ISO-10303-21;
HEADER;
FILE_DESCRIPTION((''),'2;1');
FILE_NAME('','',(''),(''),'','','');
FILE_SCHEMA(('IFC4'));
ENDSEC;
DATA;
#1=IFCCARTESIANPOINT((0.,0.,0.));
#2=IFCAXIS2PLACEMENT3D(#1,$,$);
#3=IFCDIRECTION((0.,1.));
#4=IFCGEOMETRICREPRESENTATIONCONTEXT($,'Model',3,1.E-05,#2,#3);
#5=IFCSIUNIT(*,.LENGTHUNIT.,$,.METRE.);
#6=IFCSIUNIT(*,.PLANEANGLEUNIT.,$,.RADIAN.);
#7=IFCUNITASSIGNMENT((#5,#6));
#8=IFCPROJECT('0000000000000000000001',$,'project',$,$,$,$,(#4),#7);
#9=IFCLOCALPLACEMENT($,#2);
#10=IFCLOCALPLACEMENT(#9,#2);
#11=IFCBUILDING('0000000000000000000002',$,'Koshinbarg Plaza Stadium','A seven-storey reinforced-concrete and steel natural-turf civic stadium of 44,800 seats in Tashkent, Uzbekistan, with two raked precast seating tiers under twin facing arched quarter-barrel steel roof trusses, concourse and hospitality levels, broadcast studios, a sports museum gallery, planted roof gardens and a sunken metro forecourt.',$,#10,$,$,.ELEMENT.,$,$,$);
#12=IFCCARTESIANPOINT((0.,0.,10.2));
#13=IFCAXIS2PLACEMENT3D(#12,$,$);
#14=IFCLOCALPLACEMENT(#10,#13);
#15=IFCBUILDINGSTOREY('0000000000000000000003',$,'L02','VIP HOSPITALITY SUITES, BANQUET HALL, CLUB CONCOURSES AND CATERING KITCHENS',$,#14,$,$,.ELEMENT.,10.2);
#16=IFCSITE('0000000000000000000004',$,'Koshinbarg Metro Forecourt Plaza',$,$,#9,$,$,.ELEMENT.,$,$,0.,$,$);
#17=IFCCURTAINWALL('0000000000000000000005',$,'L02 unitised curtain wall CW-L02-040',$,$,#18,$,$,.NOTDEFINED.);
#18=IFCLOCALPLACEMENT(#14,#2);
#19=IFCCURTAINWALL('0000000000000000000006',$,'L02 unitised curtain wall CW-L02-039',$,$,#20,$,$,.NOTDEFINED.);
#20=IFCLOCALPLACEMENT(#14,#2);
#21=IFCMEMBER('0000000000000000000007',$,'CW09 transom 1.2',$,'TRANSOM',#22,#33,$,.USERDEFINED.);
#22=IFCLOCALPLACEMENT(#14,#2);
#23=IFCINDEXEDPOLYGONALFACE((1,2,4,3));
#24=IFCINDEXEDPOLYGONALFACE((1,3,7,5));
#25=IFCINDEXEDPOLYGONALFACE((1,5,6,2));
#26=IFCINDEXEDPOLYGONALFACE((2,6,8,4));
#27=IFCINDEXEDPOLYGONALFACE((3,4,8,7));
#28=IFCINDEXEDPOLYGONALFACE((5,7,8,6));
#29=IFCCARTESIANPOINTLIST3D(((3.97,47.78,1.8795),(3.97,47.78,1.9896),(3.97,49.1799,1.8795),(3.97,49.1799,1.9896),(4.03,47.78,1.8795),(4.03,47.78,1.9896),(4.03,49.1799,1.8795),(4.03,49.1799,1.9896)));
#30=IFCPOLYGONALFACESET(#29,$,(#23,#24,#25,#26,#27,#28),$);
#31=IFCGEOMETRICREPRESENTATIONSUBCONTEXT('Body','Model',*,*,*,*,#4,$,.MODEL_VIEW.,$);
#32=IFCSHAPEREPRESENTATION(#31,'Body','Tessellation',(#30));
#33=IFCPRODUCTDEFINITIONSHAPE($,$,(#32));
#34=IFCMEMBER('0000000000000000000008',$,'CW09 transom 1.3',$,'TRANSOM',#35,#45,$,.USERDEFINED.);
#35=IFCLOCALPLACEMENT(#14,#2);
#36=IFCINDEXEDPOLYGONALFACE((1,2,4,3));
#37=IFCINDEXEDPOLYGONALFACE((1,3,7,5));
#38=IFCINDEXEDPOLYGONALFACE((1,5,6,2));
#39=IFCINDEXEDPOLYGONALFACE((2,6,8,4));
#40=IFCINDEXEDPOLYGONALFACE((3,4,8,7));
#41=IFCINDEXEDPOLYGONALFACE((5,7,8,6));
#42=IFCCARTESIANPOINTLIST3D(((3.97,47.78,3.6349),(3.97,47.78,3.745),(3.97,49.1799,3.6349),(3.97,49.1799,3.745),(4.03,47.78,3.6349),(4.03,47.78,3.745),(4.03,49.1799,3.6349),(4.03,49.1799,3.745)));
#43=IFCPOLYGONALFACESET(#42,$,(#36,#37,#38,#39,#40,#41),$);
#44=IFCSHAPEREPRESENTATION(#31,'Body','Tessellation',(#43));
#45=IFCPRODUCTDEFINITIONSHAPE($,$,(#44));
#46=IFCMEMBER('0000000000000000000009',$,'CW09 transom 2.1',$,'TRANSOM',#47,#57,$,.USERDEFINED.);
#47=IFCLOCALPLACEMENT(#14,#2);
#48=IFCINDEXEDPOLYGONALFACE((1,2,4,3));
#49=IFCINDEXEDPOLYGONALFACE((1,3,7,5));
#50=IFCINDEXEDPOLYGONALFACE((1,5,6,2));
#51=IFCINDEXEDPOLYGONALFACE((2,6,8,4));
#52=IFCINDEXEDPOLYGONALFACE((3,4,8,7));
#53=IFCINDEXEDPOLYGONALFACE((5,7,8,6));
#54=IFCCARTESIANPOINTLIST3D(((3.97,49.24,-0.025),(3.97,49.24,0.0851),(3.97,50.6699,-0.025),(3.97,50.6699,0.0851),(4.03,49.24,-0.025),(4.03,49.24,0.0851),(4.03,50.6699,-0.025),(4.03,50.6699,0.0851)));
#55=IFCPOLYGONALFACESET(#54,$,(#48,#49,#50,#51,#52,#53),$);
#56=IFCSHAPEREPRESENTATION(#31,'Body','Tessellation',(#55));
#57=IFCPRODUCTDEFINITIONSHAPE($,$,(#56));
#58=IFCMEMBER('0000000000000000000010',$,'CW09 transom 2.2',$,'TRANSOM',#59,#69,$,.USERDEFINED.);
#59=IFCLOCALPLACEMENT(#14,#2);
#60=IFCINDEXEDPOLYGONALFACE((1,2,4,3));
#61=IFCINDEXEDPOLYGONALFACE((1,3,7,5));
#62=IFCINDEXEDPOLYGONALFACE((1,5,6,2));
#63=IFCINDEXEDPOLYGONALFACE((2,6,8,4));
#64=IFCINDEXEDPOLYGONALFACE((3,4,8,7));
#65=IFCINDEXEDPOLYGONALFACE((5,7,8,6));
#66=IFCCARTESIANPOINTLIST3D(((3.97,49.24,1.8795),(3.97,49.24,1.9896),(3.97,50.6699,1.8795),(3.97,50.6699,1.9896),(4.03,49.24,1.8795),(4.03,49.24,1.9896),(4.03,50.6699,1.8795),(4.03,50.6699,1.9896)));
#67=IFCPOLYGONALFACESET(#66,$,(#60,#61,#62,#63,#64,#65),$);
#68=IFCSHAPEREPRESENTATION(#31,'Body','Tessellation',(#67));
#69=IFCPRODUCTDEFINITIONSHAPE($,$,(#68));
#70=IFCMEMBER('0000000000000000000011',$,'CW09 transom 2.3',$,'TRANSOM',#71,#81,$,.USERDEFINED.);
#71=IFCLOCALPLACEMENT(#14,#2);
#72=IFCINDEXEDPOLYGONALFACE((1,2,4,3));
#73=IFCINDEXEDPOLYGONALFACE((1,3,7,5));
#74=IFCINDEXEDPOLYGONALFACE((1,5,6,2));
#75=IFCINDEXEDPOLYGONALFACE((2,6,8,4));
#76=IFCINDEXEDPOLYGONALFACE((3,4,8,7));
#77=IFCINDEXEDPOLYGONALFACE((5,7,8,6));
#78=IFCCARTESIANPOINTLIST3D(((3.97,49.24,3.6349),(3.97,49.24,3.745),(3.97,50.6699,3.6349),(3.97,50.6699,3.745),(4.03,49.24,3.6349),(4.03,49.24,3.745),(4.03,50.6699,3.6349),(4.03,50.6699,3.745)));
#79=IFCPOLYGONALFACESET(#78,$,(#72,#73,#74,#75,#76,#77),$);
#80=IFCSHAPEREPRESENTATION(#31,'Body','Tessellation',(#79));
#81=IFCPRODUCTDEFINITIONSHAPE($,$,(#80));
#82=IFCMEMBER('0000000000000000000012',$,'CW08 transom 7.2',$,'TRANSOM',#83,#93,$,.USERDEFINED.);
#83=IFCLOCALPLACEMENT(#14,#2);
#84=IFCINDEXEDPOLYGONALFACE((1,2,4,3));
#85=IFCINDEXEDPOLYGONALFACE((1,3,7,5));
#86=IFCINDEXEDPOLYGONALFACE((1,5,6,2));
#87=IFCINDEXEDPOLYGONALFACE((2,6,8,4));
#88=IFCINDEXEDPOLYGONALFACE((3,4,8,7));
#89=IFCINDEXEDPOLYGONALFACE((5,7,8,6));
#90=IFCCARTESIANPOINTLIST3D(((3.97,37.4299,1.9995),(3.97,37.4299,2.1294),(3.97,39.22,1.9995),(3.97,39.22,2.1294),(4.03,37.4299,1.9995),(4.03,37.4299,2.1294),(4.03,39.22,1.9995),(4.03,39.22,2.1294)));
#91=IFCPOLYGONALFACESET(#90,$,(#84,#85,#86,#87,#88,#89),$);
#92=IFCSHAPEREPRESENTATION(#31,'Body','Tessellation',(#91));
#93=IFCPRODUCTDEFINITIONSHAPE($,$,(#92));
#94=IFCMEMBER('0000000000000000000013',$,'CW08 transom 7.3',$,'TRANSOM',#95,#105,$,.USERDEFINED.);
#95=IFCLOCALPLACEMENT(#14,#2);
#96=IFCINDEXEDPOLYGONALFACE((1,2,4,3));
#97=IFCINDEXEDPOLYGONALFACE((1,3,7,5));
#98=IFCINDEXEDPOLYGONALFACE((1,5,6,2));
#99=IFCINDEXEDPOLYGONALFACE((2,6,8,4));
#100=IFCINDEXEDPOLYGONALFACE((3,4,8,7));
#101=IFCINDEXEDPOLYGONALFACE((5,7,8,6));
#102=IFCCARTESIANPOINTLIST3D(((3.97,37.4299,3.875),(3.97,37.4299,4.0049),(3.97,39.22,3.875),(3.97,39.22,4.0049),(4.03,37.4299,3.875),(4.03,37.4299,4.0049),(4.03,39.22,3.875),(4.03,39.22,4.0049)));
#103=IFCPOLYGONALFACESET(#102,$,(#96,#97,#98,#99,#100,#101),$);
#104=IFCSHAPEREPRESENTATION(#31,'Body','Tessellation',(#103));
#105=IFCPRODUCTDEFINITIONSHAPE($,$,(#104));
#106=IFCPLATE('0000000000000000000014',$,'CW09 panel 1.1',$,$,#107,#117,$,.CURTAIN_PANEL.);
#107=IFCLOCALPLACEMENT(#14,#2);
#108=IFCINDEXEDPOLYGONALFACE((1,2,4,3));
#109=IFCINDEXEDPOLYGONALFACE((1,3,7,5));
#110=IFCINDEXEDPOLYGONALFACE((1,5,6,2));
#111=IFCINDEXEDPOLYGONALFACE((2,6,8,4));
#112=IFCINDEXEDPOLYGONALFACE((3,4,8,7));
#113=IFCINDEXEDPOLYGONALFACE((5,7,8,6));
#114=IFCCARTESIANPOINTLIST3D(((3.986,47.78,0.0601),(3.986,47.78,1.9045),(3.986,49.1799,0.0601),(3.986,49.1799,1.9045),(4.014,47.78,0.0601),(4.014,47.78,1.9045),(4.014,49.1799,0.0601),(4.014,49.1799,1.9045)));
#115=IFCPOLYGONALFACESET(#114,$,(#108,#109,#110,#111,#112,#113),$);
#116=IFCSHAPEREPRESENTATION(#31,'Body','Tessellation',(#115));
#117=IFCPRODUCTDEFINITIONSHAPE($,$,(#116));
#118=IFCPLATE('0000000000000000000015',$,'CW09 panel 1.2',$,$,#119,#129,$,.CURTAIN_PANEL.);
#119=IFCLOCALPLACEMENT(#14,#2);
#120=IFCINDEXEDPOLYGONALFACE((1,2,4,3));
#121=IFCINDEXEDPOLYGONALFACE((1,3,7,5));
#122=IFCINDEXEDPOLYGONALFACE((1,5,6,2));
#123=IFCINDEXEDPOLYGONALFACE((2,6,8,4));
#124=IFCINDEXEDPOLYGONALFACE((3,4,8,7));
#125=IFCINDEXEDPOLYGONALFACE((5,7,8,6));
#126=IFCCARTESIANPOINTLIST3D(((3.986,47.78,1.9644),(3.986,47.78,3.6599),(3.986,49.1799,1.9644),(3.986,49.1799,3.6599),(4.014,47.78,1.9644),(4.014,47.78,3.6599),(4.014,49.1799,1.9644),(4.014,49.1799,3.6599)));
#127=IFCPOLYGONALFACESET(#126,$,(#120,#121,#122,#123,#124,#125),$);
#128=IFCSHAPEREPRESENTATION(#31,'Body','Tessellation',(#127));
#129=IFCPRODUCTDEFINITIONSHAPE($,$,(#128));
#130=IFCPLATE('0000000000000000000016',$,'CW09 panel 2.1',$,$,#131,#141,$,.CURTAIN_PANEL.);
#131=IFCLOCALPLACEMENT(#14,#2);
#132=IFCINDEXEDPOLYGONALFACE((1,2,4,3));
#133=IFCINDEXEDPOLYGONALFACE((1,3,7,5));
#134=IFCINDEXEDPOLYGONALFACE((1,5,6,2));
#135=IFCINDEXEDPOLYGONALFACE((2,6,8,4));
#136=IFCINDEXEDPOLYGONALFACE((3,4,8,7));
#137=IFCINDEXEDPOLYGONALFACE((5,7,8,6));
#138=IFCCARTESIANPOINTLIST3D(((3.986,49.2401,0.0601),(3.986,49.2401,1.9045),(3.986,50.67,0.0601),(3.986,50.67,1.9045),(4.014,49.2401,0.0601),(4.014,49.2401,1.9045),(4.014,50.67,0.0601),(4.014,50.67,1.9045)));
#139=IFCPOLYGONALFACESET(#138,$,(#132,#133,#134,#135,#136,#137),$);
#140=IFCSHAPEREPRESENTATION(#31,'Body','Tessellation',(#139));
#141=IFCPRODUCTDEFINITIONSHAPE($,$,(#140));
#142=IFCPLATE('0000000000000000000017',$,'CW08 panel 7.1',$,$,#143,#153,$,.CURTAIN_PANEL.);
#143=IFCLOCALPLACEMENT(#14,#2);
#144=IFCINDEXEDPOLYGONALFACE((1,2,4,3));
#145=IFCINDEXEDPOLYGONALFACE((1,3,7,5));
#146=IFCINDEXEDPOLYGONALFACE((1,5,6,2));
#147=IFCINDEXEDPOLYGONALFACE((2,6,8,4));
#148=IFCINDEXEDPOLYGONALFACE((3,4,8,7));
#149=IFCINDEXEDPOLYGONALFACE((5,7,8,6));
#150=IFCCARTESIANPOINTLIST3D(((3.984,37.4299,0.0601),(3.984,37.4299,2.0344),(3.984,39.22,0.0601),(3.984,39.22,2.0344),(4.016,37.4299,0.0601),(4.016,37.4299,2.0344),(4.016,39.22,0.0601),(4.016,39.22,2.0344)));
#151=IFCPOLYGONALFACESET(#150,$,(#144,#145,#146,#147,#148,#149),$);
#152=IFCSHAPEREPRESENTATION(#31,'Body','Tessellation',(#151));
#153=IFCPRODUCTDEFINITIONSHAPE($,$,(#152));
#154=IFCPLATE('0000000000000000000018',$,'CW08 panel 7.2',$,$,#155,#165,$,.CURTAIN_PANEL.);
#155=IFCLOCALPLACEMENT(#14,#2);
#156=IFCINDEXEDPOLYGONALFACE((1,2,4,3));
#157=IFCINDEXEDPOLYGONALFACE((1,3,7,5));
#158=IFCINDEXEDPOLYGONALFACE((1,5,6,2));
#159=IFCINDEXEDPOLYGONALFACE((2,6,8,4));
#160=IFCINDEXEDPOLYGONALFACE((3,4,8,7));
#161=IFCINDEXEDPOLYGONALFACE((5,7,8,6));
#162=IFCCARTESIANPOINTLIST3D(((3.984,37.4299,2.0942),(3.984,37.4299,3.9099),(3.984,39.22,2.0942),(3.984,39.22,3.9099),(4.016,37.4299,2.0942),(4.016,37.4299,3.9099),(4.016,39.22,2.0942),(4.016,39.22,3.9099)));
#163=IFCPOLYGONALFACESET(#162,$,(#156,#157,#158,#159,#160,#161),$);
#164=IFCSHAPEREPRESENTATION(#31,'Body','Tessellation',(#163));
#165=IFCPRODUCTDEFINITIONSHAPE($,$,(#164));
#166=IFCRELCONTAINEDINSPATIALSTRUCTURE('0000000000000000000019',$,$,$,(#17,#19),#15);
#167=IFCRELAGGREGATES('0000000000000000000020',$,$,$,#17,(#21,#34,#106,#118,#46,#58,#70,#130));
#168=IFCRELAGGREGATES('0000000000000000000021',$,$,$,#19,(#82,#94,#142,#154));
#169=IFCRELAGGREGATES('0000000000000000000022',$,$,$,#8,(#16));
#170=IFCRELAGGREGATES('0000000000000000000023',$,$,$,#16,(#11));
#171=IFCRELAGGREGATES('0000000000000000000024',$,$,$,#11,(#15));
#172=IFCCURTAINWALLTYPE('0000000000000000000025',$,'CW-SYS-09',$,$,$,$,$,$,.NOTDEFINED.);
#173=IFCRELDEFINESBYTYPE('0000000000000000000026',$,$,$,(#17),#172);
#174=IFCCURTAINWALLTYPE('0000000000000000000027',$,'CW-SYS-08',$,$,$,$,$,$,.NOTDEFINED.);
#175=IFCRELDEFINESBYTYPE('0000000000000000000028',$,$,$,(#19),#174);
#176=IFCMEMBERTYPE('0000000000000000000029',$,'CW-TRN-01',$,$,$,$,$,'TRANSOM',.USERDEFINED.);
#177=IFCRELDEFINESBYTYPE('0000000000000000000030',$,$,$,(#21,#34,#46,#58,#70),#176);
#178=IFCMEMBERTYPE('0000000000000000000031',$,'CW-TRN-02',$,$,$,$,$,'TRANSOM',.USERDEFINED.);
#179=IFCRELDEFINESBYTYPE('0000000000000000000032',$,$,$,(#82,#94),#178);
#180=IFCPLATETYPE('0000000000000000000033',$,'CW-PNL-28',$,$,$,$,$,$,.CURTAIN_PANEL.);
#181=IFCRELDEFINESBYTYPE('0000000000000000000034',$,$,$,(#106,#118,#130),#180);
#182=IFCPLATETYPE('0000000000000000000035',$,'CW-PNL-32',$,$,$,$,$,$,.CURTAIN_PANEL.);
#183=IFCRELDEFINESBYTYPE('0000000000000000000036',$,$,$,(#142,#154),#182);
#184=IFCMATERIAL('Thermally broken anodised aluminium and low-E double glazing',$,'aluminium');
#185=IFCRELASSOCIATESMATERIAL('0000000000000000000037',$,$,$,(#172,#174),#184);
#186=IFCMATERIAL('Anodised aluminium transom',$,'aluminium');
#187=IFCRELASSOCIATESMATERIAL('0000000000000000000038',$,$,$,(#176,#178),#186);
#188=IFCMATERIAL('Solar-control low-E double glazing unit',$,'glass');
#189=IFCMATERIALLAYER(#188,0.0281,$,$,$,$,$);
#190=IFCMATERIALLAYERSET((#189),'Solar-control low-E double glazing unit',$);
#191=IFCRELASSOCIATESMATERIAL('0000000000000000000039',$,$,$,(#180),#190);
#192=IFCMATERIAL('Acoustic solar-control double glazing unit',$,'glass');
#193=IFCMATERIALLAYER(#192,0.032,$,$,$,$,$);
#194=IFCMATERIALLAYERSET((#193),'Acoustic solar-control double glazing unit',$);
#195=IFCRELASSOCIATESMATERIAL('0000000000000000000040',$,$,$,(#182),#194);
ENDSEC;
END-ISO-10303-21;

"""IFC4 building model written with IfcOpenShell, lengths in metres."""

from ifc_helpers import new_model, si_unit, direction, frame, origin, origin_2d, place, context, subcontext, project, spatial, rectangle, extrude, material, layer, layer_set, material_profile, profile_set, type_object, element, aggregate, save


model = new_model("IFC4")

# Units and contexts
model_context = context("Model", 3, precision=1e-05, world=origin(), true_north=direction((0.0, 1.0)))
body_context = subcontext(model_context, "Body", "Model", "MODEL_VIEW")
ifc_project = project(units=[si_unit("LENGTHUNIT", "METRE"), si_unit("PLANEANGLEUNIT", "RADIAN")], contexts=[model_context])

# Site, building, storey
site_placement = place(None, origin())
site = spatial("IfcSite", under=ifc_project, at=site_placement, Name="Koshinbarg Metro Forecourt Plaza", CompositionType="ELEMENT", RefElevation=0.0)
building_placement = place(site_placement, origin())
building = spatial("IfcBuilding", under=site, at=building_placement, Name="Koshinbarg Plaza Stadium", Description="A seven-storey reinforced-concrete and steel natural-turf civic stadium of 44,800 seats in Tashkent, Uzbekistan, with two raked precast seating tiers under twin facing arched quarter-barrel steel roof trusses, concourse and hospitality levels, broadcast studios, a sports museum gallery, planted roof gardens and a sunken metro forecourt.", CompositionType="ELEMENT")
storey_placement = place(building_placement, frame((0.0, 0.0, 10.2)))
storey = spatial("IfcBuildingStorey", under=building, at=storey_placement, Name="L02", Description="VIP HOSPITALITY SUITES, BANQUET HALL, CLUB CONCOURSES AND CATERING KITCHENS", CompositionType="ELEMENT", Elevation=10.2)

# Curtain wall
ifc_material_1 = material(Name="Thermally broken anodised aluminium and low-E double glazing", Category="aluminium")
curtain_wall_type_1 = type_object("IfcCurtainWallType", Name="CW-SYS-09", PredefinedType="NOTDEFINED", material=ifc_material_1)
curtain_wall_1_placement = place(storey_placement, origin())
curtain_wall_1 = element("IfcCurtainWall", 1, at=curtain_wall_1_placement, inside=storey, type_object=curtain_wall_type_1, Name="L02 unitised curtain wall CW-L02-040", PredefinedType="NOTDEFINED")

# Curtain wall
curtain_wall_type_2 = type_object("IfcCurtainWallType", Name="CW-SYS-08", PredefinedType="NOTDEFINED", material=ifc_material_1)
curtain_wall_2_placement = place(storey_placement, origin())
curtain_wall_2 = element("IfcCurtainWall", 2, at=curtain_wall_2_placement, inside=storey, type_object=curtain_wall_type_2, Name="L02 unitised curtain wall CW-L02-039", PredefinedType="NOTDEFINED")

# Members
ifc_material_2 = material(Name="Anodised aluminium transom", Category="aluminium")
ifc_material_profile_1 = material_profile(ifc_material_2, rectangle(XDim=0.0601, YDim=0.1101, at=origin_2d()), Name="ALU 60x110")
ifc_profile_set_1 = profile_set([ifc_material_profile_1], Name="Anodised aluminium transom")
member_type_1 = type_object("IfcMemberType", Name="CW-TRN-01", ElementType="TRANSOM", PredefinedType="USERDEFINED", material=ifc_profile_set_1)
member_1_placement = place(storey_placement, frame((4.0, 47.78, 1.9346), z_axis=(0.0, 1.0, 0.0), x_axis=(-1.0, 0.0, 0.0)))
member_1 = element("IfcMember", 3, at=member_1_placement, type_object=member_type_1, Name="CW09 transom 1.2", ObjectType="TRANSOM", PredefinedType="USERDEFINED", context=body_context, shape_type="SweptSolid", body=[
    extrude(rectangle(XDim=0.0601, YDim=0.1101, at=origin_2d()), origin(), (0.0, 0.0, 1.0), 1.3999),
])
member_2_placement = place(storey_placement, frame((4.0, 47.78, 3.6899), z_axis=(0.0, 1.0, 0.0), x_axis=(-1.0, 0.0, 0.0)))
member_2 = element("IfcMember", 4, at=member_2_placement, type_object=member_type_1, Name="CW09 transom 1.3", ObjectType="TRANSOM", PredefinedType="USERDEFINED", context=body_context, shape_type="SweptSolid", body=[
    extrude(rectangle(XDim=0.0601, YDim=0.1101, at=origin_2d()), origin(), (0.0, 0.0, 1.0), 1.3999),
])
member_3_placement = place(storey_placement, frame((4.0, 49.24, 0.03), z_axis=(0.0, 1.0, 0.0), x_axis=(-1.0, 0.0, 0.0)))
member_3 = element("IfcMember", 5, at=member_3_placement, type_object=member_type_1, Name="CW09 transom 2.1", ObjectType="TRANSOM", PredefinedType="USERDEFINED", context=body_context, shape_type="SweptSolid", body=[
    extrude(rectangle(XDim=0.0601, YDim=0.1101, at=origin_2d()), origin(), (0.0, 0.0, 1.0), 1.4299),
])
member_4_placement = place(storey_placement, frame((4.0, 49.24, 1.9346), z_axis=(0.0, 1.0, 0.0), x_axis=(-1.0, 0.0, 0.0)))
member_4 = element("IfcMember", 6, at=member_4_placement, type_object=member_type_1, Name="CW09 transom 2.2", ObjectType="TRANSOM", PredefinedType="USERDEFINED", context=body_context, shape_type="SweptSolid", body=[
    extrude(rectangle(XDim=0.0601, YDim=0.1101, at=origin_2d()), origin(), (0.0, 0.0, 1.0), 1.4299),
])
member_5_placement = place(storey_placement, frame((4.0, 49.24, 3.6899), z_axis=(0.0, 1.0, 0.0), x_axis=(-1.0, 0.0, 0.0)))
member_5 = element("IfcMember", 7, at=member_5_placement, type_object=member_type_1, Name="CW09 transom 2.3", ObjectType="TRANSOM", PredefinedType="USERDEFINED", context=body_context, shape_type="SweptSolid", body=[
    extrude(rectangle(XDim=0.0601, YDim=0.1101, at=origin_2d()), origin(), (0.0, 0.0, 1.0), 1.4299),
])
ifc_material_profile_2 = material_profile(ifc_material_2, rectangle(XDim=0.0601, YDim=0.1299, at=origin_2d()), Name="ALU 60x130")
ifc_profile_set_2 = profile_set([ifc_material_profile_2], Name="Anodised aluminium transom")
member_type_2 = type_object("IfcMemberType", Name="CW-TRN-02", ElementType="TRANSOM", PredefinedType="USERDEFINED", material=ifc_profile_set_2)
member_6_placement = place(storey_placement, frame((4.0, 37.4299, 2.0645), z_axis=(0.0, 1.0, 0.0), x_axis=(-1.0, 0.0, 0.0)))
member_6 = element("IfcMember", 8, at=member_6_placement, type_object=member_type_2, Name="CW08 transom 7.2", ObjectType="TRANSOM", PredefinedType="USERDEFINED", context=body_context, shape_type="SweptSolid", body=[
    extrude(rectangle(XDim=0.0601, YDim=0.1299, at=origin_2d()), origin(), (0.0, 0.0, 1.0), 1.79),
])
member_7_placement = place(storey_placement, frame((4.0, 37.4299, 3.9399), z_axis=(0.0, 1.0, 0.0), x_axis=(-1.0, 0.0, 0.0)))
member_7 = element("IfcMember", 9, at=member_7_placement, type_object=member_type_2, Name="CW08 transom 7.3", ObjectType="TRANSOM", PredefinedType="USERDEFINED", context=body_context, shape_type="SweptSolid", body=[
    extrude(rectangle(XDim=0.0601, YDim=0.1299, at=origin_2d()), origin(), (0.0, 0.0, 1.0), 1.79),
])

# Plates
ifc_material_3 = material(Name="Solar-control low-E double glazing unit", Category="glass")
ifc_layer_1 = layer(ifc_material_3, 0.0281)
ifc_layer_set_1 = layer_set([ifc_layer_1], Name="Solar-control low-E double glazing unit")
plate_type_1 = type_object("IfcPlateType", Name="CW-PNL-28", PredefinedType="CURTAIN_PANEL", material=ifc_layer_set_1)
plate_1_placement = place(storey_placement, frame((4.0, 48.48, 0.0601), z_axis=(0.0, 0.0, 1.0), x_axis=(0.0, 1.0, 0.0)))
plate_1 = element("IfcPlate", 10, at=plate_1_placement, type_object=plate_type_1, Name="CW09 panel 1.1", PredefinedType="CURTAIN_PANEL", context=body_context, shape_type="SweptSolid", body=[
    extrude(rectangle(XDim=1.3999, YDim=0.0281, at=origin_2d()), origin(), (0.0, 0.0, 1.0), 1.8445),
])
plate_2_placement = place(storey_placement, frame((4.0, 48.48, 1.9644), z_axis=(0.0, 0.0, 1.0), x_axis=(0.0, 1.0, 0.0)))
plate_2 = element("IfcPlate", 11, at=plate_2_placement, type_object=plate_type_1, Name="CW09 panel 1.2", PredefinedType="CURTAIN_PANEL", context=body_context, shape_type="SweptSolid", body=[
    extrude(rectangle(XDim=1.3999, YDim=0.0281, at=origin_2d()), origin(), (0.0, 0.0, 1.0), 1.6956),
])
plate_3_placement = place(storey_placement, frame((4.0, 49.9551, 0.0601), z_axis=(0.0, 0.0, 1.0), x_axis=(0.0, 1.0, 0.0)))
plate_3 = element("IfcPlate", 12, at=plate_3_placement, type_object=plate_type_1, Name="CW09 panel 2.1", PredefinedType="CURTAIN_PANEL", context=body_context, shape_type="SweptSolid", body=[
    extrude(rectangle(XDim=1.4299, YDim=0.0281, at=origin_2d()), origin(), (0.0, 0.0, 1.0), 1.8445),
])
aggregate(curtain_wall_1, [member_1, member_2, plate_1, plate_2, member_3, member_4, member_5, plate_3])
ifc_material_4 = material(Name="Acoustic solar-control double glazing unit", Category="glass")
ifc_layer_2 = layer(ifc_material_4, 0.032)
ifc_layer_set_2 = layer_set([ifc_layer_2], Name="Acoustic solar-control double glazing unit")
plate_type_2 = type_object("IfcPlateType", Name="CW-PNL-32", PredefinedType="CURTAIN_PANEL", material=ifc_layer_set_2)
plate_4_placement = place(storey_placement, frame((4.0, 38.325, 0.0601), z_axis=(0.0, 0.0, 1.0), x_axis=(0.0, 1.0, 0.0)))
plate_4 = element("IfcPlate", 13, at=plate_4_placement, type_object=plate_type_2, Name="CW08 panel 7.1", PredefinedType="CURTAIN_PANEL", context=body_context, shape_type="SweptSolid", body=[
    extrude(rectangle(XDim=1.79, YDim=0.032, at=origin_2d()), origin(), (0.0, 0.0, 1.0), 1.9744),
])
plate_5_placement = place(storey_placement, frame((4.0, 38.325, 2.0942), z_axis=(0.0, 0.0, 1.0), x_axis=(0.0, 1.0, 0.0)))
plate_5 = element("IfcPlate", 14, at=plate_5_placement, type_object=plate_type_2, Name="CW08 panel 7.2", PredefinedType="CURTAIN_PANEL", context=body_context, shape_type="SweptSolid", body=[
    extrude(rectangle(XDim=1.79, YDim=0.032, at=origin_2d()), origin(), (0.0, 0.0, 1.0), 1.8157),
])
aggregate(curtain_wall_2, [member_6, member_7, plate_4, plate_5])

save(model, "model.ifc")
